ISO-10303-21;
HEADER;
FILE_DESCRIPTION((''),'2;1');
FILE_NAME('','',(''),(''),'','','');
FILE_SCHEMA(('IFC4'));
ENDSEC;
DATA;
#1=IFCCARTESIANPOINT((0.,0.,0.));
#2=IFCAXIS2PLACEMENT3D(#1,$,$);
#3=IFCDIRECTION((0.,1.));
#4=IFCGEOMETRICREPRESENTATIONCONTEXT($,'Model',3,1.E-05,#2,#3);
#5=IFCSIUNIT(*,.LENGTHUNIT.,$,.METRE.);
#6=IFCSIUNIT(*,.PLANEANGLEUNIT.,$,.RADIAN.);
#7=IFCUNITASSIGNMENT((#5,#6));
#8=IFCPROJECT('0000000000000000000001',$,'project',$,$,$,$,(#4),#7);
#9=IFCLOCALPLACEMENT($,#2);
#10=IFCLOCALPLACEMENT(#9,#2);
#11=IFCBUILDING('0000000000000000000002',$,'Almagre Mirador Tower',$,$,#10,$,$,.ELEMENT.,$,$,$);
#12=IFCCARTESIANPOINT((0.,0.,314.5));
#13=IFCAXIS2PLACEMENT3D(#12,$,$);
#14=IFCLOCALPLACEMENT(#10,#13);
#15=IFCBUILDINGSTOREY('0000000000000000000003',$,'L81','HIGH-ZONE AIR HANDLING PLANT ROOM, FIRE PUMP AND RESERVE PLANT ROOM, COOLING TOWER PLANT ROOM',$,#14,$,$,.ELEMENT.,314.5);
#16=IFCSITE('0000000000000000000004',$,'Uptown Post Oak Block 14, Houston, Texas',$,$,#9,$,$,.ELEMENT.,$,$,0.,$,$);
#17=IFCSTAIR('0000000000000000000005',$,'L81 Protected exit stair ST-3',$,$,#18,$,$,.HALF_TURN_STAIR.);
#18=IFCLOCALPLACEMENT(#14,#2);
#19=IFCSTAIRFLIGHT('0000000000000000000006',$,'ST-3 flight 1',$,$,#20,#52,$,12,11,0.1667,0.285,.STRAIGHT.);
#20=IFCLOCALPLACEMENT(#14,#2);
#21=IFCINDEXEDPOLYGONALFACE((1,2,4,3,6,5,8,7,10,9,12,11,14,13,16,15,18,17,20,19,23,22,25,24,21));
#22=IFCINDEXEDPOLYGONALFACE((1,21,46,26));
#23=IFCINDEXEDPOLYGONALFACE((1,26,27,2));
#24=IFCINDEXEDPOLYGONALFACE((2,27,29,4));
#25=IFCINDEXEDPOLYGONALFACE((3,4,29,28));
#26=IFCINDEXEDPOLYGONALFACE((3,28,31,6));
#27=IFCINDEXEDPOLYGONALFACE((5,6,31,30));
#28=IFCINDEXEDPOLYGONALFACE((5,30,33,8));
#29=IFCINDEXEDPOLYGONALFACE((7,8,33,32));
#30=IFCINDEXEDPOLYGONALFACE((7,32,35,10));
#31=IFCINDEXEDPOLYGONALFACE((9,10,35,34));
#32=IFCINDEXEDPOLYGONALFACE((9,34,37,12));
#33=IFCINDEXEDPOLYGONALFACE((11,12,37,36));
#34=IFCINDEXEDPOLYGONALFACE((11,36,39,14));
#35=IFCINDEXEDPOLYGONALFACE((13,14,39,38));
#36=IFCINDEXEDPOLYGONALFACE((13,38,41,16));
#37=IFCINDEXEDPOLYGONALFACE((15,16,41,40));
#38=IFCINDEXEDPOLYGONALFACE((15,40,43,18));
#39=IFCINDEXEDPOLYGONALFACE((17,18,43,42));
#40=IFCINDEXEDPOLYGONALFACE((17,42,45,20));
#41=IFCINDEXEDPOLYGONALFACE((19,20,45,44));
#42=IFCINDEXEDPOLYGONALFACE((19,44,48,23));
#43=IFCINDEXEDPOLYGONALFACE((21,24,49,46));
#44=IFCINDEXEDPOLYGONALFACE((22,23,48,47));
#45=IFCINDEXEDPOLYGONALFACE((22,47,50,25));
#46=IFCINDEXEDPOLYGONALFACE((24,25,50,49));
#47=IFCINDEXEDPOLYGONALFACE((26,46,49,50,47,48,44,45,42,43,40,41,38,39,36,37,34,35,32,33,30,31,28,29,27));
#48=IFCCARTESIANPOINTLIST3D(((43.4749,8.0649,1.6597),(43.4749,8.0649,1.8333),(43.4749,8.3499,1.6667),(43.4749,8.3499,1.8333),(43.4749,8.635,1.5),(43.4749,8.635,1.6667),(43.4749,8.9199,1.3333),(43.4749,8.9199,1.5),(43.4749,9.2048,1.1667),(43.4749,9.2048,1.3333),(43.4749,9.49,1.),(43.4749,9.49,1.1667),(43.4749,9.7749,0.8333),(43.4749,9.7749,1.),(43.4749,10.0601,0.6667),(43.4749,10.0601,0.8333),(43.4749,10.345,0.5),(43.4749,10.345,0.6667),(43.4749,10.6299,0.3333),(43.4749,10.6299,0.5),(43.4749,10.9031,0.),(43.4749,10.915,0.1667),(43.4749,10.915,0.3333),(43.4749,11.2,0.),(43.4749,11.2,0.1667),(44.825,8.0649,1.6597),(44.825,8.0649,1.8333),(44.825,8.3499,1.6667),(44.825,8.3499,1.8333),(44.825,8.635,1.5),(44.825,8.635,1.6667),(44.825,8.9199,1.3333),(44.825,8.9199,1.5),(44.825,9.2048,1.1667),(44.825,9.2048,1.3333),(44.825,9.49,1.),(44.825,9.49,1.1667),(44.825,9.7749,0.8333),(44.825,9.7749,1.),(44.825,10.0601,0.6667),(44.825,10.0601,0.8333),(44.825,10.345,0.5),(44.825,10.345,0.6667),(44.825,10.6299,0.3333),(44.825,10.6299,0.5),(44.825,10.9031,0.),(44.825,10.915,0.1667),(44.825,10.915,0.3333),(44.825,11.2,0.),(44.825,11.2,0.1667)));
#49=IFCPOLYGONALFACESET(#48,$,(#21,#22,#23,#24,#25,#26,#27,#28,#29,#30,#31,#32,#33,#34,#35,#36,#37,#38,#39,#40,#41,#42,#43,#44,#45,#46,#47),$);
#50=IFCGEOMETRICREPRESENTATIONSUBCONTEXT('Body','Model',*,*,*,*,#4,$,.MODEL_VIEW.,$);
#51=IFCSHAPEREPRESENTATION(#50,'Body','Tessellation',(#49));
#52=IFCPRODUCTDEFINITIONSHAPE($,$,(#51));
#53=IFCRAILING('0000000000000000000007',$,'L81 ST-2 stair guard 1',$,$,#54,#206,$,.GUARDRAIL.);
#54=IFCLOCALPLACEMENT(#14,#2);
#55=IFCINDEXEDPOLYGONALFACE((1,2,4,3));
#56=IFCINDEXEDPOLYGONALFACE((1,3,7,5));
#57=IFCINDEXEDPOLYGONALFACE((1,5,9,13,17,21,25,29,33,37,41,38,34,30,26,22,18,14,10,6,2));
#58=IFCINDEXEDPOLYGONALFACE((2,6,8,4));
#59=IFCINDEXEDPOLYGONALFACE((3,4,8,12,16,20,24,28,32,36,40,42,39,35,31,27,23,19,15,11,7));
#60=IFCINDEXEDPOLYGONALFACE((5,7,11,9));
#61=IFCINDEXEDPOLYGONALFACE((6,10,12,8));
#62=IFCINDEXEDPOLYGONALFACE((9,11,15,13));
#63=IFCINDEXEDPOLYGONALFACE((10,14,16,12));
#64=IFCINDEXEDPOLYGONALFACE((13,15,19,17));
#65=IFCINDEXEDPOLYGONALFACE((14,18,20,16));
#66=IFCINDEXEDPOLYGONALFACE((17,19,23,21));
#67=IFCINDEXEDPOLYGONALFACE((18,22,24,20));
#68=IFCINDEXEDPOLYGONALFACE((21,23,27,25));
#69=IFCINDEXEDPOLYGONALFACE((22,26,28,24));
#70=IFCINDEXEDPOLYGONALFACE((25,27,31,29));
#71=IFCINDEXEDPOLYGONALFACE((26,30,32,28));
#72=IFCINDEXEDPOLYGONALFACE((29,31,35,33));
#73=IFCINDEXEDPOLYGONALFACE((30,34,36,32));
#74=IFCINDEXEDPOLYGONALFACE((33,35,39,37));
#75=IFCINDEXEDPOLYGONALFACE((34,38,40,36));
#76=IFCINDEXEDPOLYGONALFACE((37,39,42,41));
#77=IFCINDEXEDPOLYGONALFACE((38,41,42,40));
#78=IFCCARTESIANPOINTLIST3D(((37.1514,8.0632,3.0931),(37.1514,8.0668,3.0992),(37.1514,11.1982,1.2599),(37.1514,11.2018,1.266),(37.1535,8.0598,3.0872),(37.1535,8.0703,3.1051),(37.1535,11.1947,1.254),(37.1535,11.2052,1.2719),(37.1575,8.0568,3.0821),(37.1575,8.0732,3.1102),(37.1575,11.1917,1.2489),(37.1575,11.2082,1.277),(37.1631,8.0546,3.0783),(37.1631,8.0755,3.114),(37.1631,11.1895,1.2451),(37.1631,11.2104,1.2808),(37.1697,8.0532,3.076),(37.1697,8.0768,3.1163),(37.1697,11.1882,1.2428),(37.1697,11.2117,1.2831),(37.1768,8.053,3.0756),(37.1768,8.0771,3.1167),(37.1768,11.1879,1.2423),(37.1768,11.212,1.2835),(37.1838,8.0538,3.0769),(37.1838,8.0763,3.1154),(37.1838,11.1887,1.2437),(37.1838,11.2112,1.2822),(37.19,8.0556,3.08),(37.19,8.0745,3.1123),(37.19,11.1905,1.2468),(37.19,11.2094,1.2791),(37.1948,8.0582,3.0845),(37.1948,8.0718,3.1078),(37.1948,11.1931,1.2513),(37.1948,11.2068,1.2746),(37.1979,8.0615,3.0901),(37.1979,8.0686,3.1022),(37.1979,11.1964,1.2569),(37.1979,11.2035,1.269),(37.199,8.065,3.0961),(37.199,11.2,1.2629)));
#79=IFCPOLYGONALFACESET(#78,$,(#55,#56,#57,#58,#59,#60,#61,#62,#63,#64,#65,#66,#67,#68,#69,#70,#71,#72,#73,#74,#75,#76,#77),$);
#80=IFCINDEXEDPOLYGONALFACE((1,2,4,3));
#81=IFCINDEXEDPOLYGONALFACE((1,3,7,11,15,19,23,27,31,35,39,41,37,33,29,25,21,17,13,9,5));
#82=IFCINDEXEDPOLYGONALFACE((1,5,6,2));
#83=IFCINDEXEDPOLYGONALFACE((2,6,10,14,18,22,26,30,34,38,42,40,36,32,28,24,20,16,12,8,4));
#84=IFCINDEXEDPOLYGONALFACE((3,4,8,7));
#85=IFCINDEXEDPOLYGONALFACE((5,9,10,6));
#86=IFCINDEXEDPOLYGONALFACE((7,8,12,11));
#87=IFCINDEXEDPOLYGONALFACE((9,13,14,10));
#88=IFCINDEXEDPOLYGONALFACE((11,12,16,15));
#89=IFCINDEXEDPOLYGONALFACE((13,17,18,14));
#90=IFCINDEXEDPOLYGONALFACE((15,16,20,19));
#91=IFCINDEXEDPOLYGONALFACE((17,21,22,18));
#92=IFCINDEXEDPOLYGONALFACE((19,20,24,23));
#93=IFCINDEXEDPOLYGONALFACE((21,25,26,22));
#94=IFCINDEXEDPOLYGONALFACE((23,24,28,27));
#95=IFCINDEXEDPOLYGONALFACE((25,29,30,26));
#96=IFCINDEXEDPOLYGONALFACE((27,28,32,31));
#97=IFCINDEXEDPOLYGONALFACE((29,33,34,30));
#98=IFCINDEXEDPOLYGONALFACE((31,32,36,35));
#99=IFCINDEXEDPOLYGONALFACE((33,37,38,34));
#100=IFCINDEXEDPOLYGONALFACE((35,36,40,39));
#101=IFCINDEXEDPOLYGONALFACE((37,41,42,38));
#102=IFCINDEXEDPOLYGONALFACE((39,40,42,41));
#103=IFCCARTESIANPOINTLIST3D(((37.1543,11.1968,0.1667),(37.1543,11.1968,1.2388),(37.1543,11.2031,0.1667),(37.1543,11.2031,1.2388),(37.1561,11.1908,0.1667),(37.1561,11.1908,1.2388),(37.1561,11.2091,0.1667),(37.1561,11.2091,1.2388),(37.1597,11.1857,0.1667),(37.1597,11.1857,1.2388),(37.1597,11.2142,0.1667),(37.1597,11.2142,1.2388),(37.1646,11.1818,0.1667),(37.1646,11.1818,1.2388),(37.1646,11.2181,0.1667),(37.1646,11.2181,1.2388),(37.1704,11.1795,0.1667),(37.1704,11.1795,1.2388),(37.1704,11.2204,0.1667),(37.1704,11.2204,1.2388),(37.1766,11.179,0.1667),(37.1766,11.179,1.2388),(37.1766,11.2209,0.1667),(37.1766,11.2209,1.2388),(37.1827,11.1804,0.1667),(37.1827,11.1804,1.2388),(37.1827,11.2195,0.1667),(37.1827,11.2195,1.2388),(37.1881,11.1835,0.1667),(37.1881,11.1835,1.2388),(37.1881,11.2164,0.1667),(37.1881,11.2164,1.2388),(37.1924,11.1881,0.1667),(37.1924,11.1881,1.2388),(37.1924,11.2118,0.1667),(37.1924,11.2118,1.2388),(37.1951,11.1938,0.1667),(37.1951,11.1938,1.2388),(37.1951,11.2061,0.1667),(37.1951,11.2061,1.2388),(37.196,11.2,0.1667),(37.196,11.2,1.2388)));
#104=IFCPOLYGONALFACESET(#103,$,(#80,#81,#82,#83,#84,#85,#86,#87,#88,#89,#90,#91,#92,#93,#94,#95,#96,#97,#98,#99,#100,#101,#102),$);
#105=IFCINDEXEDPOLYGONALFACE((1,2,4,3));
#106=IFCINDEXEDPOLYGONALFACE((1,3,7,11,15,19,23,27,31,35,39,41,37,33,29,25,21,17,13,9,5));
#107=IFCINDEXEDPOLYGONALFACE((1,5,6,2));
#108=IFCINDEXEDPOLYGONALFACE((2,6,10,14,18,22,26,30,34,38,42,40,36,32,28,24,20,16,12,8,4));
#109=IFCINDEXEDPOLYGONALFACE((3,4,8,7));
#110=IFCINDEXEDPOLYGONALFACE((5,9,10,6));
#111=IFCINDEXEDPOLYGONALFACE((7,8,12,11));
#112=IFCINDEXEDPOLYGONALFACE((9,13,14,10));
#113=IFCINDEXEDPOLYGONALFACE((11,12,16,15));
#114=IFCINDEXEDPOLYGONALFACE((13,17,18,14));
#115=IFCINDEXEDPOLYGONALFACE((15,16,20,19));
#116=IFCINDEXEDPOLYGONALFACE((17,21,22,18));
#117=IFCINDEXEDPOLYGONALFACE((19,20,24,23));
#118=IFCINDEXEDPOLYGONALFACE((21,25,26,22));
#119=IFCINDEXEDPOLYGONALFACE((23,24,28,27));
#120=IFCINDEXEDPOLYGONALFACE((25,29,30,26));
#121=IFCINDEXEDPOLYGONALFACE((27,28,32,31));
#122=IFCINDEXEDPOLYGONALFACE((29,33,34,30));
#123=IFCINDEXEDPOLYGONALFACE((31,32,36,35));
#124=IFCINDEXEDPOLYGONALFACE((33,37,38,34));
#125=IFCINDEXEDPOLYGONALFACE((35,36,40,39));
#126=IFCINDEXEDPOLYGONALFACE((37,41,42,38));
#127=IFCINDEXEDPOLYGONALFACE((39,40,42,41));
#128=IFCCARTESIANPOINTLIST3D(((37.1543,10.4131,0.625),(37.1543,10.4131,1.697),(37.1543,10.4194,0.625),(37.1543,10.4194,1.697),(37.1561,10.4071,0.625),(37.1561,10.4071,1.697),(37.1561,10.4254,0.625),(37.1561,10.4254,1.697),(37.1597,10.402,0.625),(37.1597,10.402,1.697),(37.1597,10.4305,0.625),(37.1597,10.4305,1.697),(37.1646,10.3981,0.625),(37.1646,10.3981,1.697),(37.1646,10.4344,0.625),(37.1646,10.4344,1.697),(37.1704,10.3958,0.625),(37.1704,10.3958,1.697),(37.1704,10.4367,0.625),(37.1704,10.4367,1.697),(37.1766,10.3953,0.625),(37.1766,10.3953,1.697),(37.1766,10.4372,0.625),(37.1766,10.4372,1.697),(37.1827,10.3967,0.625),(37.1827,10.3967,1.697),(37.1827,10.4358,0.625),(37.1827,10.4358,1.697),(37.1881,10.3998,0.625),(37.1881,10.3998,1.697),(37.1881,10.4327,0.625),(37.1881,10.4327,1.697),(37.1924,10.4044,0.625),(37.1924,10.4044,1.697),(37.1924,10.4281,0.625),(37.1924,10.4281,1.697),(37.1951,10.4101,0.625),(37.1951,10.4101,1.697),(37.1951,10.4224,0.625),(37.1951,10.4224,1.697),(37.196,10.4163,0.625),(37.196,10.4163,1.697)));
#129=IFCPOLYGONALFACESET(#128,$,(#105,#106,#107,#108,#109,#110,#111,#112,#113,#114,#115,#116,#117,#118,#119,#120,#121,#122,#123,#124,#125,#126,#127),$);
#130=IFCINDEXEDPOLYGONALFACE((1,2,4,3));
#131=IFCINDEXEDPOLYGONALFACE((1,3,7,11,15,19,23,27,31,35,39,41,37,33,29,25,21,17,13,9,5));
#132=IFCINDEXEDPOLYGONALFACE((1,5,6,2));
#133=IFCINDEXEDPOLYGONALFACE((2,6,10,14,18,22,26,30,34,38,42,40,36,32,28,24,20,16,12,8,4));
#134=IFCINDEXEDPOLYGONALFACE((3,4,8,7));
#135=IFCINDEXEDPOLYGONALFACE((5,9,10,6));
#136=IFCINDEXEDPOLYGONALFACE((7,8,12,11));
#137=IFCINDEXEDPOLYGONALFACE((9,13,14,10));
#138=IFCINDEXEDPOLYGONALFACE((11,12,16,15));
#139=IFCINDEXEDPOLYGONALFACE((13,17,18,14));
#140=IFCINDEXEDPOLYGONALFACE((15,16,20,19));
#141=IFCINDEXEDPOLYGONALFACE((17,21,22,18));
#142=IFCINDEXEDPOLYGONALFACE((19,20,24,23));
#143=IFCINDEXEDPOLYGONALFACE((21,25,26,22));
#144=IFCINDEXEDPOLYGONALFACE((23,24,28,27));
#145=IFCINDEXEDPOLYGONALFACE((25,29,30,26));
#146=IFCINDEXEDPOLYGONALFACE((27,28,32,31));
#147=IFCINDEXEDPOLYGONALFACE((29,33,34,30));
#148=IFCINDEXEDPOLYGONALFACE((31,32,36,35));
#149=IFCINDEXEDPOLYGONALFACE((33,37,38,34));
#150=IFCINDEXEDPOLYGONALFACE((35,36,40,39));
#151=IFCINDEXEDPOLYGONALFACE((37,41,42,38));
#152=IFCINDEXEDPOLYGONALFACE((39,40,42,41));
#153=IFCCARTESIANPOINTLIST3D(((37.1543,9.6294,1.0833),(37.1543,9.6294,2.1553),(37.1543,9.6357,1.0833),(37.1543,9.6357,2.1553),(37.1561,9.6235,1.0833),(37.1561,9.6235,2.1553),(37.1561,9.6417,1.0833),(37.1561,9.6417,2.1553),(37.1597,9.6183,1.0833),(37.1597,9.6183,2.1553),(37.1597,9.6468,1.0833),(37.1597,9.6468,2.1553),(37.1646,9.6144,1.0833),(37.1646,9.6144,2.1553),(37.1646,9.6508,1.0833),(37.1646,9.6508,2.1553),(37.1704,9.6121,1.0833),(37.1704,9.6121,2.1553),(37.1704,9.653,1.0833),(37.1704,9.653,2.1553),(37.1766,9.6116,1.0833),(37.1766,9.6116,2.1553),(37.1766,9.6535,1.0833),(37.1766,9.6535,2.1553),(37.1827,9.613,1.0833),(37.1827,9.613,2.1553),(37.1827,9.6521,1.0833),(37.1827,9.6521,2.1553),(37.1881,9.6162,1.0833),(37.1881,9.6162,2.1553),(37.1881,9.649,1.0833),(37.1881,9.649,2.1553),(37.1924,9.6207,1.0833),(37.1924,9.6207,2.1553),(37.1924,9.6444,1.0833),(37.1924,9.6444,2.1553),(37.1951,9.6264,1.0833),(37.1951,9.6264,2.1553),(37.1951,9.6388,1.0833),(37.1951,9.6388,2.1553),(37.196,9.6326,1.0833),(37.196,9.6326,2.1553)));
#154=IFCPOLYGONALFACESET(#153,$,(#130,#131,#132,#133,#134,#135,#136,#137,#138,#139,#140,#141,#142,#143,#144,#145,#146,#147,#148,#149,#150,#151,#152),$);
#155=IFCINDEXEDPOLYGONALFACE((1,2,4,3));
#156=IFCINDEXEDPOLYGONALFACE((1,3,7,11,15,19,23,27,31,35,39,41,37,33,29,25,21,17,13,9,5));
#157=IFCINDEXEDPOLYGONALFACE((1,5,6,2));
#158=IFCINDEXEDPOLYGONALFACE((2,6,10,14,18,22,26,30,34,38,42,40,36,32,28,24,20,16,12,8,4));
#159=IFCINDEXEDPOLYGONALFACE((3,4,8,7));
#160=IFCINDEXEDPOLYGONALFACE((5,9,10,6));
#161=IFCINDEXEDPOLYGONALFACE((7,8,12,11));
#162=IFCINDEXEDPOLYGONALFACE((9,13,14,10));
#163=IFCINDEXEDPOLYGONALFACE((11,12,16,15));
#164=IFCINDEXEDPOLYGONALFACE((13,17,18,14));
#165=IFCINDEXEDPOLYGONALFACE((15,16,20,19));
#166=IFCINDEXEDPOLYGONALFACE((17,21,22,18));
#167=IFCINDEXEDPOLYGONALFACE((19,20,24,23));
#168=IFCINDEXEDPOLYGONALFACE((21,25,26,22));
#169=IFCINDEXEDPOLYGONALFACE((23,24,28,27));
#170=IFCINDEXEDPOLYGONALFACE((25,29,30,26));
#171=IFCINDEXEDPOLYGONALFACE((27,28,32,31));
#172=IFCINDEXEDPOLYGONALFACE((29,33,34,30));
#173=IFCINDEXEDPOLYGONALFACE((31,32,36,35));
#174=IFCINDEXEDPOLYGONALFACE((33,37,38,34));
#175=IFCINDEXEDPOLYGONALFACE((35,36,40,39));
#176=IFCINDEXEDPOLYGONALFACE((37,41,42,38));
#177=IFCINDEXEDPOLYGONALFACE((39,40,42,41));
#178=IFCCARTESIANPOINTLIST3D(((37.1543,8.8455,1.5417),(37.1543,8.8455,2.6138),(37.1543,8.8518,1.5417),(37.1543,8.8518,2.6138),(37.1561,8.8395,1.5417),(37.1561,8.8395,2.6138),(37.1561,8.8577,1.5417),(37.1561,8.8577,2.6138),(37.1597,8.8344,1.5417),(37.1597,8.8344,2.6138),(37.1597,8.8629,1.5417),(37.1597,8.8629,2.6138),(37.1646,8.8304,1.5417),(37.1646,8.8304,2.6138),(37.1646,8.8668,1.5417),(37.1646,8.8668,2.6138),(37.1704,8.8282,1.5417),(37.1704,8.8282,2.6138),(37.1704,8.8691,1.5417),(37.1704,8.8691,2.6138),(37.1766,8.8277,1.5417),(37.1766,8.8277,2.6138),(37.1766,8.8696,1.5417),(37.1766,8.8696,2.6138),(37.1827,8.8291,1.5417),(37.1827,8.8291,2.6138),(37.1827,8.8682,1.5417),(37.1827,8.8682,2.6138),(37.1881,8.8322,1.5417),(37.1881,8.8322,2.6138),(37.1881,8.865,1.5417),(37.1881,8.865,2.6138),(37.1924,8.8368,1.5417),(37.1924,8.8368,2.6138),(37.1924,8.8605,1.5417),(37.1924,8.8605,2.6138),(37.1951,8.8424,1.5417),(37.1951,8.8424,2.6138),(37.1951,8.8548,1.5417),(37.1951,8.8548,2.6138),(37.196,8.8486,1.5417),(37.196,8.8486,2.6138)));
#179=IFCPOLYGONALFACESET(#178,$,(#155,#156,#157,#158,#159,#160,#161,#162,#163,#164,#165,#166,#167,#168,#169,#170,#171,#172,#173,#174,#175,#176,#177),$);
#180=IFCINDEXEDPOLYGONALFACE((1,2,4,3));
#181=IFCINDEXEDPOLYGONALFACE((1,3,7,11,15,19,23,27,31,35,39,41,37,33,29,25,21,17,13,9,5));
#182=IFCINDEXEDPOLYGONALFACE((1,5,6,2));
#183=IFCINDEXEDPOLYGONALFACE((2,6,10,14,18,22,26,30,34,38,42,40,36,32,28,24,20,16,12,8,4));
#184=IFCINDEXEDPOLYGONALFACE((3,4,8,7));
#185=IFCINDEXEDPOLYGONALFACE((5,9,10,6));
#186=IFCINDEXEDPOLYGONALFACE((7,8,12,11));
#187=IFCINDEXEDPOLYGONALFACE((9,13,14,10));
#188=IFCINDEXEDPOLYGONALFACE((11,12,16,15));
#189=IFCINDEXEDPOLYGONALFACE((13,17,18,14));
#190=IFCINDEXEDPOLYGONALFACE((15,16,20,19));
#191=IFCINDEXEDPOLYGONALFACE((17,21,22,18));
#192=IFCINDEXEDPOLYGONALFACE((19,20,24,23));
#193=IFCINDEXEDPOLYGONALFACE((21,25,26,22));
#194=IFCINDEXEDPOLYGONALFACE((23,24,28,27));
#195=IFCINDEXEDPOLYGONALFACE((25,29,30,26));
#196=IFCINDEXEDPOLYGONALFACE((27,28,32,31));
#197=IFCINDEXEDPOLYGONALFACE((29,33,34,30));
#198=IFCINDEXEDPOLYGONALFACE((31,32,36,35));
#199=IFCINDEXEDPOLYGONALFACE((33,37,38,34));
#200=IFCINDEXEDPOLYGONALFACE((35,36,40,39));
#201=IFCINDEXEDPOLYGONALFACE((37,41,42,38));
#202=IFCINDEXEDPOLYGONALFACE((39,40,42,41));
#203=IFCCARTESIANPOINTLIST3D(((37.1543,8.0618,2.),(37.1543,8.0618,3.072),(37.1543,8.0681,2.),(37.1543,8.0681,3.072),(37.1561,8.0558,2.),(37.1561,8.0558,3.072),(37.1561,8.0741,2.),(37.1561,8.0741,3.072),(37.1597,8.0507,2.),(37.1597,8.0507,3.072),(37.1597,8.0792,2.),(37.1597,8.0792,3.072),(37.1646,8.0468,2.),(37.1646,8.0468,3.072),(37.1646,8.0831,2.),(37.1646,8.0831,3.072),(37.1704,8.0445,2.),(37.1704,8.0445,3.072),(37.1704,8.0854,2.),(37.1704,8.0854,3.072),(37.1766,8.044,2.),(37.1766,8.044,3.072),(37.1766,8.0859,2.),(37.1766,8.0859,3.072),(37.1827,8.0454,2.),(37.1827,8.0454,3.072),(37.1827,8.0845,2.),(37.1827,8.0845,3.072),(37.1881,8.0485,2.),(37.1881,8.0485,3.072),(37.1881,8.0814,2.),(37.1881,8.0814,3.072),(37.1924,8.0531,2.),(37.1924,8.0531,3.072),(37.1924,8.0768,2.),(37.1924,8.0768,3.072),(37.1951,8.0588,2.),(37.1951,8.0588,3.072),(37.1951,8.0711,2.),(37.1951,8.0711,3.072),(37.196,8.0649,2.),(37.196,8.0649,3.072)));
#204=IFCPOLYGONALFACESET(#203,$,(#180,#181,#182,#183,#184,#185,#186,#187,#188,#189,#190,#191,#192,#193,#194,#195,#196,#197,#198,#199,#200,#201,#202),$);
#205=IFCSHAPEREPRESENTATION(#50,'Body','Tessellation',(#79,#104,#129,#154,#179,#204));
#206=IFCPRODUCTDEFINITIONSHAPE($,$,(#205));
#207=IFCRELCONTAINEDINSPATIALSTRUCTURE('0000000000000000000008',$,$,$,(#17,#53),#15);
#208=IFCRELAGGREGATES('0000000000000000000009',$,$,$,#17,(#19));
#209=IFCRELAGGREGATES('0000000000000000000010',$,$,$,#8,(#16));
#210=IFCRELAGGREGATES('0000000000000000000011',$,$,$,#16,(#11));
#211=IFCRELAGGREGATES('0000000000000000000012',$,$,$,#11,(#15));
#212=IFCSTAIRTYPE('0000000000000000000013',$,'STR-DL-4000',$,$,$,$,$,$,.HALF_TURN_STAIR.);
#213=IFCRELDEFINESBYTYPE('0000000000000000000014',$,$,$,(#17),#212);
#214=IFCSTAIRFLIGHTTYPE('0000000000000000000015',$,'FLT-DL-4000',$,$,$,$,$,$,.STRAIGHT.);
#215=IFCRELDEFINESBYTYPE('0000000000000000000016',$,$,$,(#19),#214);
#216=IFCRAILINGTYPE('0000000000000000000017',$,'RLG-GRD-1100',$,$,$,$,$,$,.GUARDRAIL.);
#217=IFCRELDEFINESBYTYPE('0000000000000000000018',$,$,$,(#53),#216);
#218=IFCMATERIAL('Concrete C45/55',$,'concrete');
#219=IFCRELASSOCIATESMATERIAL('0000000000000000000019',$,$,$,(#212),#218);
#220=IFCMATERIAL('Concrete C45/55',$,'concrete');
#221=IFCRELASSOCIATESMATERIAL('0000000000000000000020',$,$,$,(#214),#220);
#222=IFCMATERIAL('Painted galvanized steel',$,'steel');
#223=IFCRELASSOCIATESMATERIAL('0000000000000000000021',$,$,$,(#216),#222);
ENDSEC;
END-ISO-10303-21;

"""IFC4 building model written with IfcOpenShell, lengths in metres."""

from ifc_helpers import new_model, si_unit, direction, frame, origin, origin_2d, place, context, subcontext, project, spatial, polyline, circle, outline, extrude, material, type_object, element, aggregate, save


model = new_model("IFC4")

# Units and contexts
model_context = context("Model", 3, precision=1e-05, world=origin(), true_north=direction((0.0, 1.0)))
body_context = subcontext(model_context, "Body", "Model", "MODEL_VIEW")
ifc_project = project(units=[si_unit("LENGTHUNIT", "METRE"), si_unit("PLANEANGLEUNIT", "RADIAN")], contexts=[model_context])

# Site, building, storey
site_placement = place(None, origin())
site = spatial("IfcSite", under=ifc_project, at=site_placement, Name="Uptown Post Oak Block 14, Houston, Texas", CompositionType="ELEMENT", RefElevation=0.0)
building_placement = place(site_placement, origin())
building = spatial("IfcBuilding", under=site, at=building_placement, Name="Almagre Mirador Tower", CompositionType="ELEMENT")
storey_placement = place(building_placement, frame((0.0, 0.0, 314.5)))
storey = spatial("IfcBuildingStorey", under=building, at=storey_placement, Name="L81", Description="HIGH-ZONE AIR HANDLING PLANT ROOM, FIRE PUMP AND RESERVE PLANT ROOM, COOLING TOWER PLANT ROOM", CompositionType="ELEMENT", Elevation=314.5)

# Stair, stair flight
ifc_material_1 = material(Name="Concrete C45/55", Category="concrete")
stair_type = type_object("IfcStairType", Name="STR-DL-4000", PredefinedType="HALF_TURN_STAIR", material=ifc_material_1)
stair_placement = place(storey_placement, origin())
stair = element("IfcStair", 1, at=stair_placement, inside=storey, type_object=stair_type, Name="L81 Protected exit stair ST-3", PredefinedType="HALF_TURN_STAIR")
ifc_material_2 = material(Name="Concrete C45/55", Category="concrete")
stair_flight_type = type_object("IfcStairFlightType", Name="FLT-DL-4000", PredefinedType="STRAIGHT", material=ifc_material_2)
stair_flight_placement = place(storey_placement, frame((44.1499, 11.2, 0.0), z_axis=(0.0, 0.0, 1.0), x_axis=(0.0, -1.0, 0.0)))
stair_flight = element("IfcStairFlight", 2, at=stair_flight_placement, type_object=stair_flight_type, Name="ST-3 flight 1", NumberOfRisers=12, NumberOfTreads=11, PredefinedType="STRAIGHT", RiserHeight=0.1667, TreadLength=0.285, context=body_context, shape_type="SweptSolid", body=[
    extrude(outline(polyline([(0.0, 0.0), (0.0, 0.1667), (0.2849, 0.1667), (0.2849, 0.3333), (0.5701, 0.3333), (0.5701, 0.5), (0.855, 0.5), (0.855, 0.6667), (1.1399, 0.6667), (1.1399, 0.8333), (1.425, 0.8333), (1.425, 1.0), (1.71, 1.0), (1.71, 1.1667), (1.9951, 1.1667), (1.9951, 1.3333), (2.28, 1.3333), (2.28, 1.5), (2.5649, 1.5), (2.5649, 1.6667), (2.8501, 1.6667), (2.8501, 1.8333), (3.135, 1.8333), (3.135, 2.0), (3.135, 1.6597), (0.2969, 0.0), (0.0, 0.0)])), frame((0.0, 0.675, 0.0), z_axis=(0.0, -1.0, 0.0), x_axis=(1.0, 0.0, 0.0)), (0.0, 0.0, 1.0), 1.3501),
])
aggregate(stair, [stair_flight])

# Railing
ifc_material_3 = material(Name="Painted galvanized steel", Category="steel")
railing_type_1 = type_object("IfcRailingType", Name="RLG-GRD-1100", PredefinedType="GUARDRAIL", material=ifc_material_3)
railing_1_placement = place(storey_placement, frame((37.175, 11.2, 0.1667)))
element("IfcRailing", 3, at=railing_1_placement, inside=storey, type_object=railing_type_1, Name="L81 ST-2 stair guard 1", PredefinedType="GUARDRAIL", context=body_context, shape_type="SweptSolid", body=[
    extrude(circle(Radius=0.0239, at=origin_2d()), frame((0.0, 0.0, 1.0962), z_axis=(0.0, -0.86324, 0.504794), x_axis=(1.0, 0.0, 0.0)), (0.0, 0.0, 1.0), 3.6316),
    extrude(circle(Radius=0.021, at=origin_2d()), origin(), (0.0, 0.0, 1.0), 1.072),
    extrude(circle(Radius=0.021, at=origin_2d()), frame((0.0, -0.7837, 0.4583)), (0.0, 0.0, 1.0), 1.072),
    extrude(circle(Radius=0.021, at=origin_2d()), frame((0.0, -1.5674, 0.9165)), (0.0, 0.0, 1.0), 1.072),
    extrude(circle(Radius=0.021, at=origin_2d()), frame((0.0, -2.3513, 1.375)), (0.0, 0.0, 1.0), 1.072),
    extrude(circle(Radius=0.021, at=origin_2d()), frame((0.0, -3.135, 1.8333)), (0.0, 0.0, 1.0), 1.072),
])

save(model, "model.ifc")
